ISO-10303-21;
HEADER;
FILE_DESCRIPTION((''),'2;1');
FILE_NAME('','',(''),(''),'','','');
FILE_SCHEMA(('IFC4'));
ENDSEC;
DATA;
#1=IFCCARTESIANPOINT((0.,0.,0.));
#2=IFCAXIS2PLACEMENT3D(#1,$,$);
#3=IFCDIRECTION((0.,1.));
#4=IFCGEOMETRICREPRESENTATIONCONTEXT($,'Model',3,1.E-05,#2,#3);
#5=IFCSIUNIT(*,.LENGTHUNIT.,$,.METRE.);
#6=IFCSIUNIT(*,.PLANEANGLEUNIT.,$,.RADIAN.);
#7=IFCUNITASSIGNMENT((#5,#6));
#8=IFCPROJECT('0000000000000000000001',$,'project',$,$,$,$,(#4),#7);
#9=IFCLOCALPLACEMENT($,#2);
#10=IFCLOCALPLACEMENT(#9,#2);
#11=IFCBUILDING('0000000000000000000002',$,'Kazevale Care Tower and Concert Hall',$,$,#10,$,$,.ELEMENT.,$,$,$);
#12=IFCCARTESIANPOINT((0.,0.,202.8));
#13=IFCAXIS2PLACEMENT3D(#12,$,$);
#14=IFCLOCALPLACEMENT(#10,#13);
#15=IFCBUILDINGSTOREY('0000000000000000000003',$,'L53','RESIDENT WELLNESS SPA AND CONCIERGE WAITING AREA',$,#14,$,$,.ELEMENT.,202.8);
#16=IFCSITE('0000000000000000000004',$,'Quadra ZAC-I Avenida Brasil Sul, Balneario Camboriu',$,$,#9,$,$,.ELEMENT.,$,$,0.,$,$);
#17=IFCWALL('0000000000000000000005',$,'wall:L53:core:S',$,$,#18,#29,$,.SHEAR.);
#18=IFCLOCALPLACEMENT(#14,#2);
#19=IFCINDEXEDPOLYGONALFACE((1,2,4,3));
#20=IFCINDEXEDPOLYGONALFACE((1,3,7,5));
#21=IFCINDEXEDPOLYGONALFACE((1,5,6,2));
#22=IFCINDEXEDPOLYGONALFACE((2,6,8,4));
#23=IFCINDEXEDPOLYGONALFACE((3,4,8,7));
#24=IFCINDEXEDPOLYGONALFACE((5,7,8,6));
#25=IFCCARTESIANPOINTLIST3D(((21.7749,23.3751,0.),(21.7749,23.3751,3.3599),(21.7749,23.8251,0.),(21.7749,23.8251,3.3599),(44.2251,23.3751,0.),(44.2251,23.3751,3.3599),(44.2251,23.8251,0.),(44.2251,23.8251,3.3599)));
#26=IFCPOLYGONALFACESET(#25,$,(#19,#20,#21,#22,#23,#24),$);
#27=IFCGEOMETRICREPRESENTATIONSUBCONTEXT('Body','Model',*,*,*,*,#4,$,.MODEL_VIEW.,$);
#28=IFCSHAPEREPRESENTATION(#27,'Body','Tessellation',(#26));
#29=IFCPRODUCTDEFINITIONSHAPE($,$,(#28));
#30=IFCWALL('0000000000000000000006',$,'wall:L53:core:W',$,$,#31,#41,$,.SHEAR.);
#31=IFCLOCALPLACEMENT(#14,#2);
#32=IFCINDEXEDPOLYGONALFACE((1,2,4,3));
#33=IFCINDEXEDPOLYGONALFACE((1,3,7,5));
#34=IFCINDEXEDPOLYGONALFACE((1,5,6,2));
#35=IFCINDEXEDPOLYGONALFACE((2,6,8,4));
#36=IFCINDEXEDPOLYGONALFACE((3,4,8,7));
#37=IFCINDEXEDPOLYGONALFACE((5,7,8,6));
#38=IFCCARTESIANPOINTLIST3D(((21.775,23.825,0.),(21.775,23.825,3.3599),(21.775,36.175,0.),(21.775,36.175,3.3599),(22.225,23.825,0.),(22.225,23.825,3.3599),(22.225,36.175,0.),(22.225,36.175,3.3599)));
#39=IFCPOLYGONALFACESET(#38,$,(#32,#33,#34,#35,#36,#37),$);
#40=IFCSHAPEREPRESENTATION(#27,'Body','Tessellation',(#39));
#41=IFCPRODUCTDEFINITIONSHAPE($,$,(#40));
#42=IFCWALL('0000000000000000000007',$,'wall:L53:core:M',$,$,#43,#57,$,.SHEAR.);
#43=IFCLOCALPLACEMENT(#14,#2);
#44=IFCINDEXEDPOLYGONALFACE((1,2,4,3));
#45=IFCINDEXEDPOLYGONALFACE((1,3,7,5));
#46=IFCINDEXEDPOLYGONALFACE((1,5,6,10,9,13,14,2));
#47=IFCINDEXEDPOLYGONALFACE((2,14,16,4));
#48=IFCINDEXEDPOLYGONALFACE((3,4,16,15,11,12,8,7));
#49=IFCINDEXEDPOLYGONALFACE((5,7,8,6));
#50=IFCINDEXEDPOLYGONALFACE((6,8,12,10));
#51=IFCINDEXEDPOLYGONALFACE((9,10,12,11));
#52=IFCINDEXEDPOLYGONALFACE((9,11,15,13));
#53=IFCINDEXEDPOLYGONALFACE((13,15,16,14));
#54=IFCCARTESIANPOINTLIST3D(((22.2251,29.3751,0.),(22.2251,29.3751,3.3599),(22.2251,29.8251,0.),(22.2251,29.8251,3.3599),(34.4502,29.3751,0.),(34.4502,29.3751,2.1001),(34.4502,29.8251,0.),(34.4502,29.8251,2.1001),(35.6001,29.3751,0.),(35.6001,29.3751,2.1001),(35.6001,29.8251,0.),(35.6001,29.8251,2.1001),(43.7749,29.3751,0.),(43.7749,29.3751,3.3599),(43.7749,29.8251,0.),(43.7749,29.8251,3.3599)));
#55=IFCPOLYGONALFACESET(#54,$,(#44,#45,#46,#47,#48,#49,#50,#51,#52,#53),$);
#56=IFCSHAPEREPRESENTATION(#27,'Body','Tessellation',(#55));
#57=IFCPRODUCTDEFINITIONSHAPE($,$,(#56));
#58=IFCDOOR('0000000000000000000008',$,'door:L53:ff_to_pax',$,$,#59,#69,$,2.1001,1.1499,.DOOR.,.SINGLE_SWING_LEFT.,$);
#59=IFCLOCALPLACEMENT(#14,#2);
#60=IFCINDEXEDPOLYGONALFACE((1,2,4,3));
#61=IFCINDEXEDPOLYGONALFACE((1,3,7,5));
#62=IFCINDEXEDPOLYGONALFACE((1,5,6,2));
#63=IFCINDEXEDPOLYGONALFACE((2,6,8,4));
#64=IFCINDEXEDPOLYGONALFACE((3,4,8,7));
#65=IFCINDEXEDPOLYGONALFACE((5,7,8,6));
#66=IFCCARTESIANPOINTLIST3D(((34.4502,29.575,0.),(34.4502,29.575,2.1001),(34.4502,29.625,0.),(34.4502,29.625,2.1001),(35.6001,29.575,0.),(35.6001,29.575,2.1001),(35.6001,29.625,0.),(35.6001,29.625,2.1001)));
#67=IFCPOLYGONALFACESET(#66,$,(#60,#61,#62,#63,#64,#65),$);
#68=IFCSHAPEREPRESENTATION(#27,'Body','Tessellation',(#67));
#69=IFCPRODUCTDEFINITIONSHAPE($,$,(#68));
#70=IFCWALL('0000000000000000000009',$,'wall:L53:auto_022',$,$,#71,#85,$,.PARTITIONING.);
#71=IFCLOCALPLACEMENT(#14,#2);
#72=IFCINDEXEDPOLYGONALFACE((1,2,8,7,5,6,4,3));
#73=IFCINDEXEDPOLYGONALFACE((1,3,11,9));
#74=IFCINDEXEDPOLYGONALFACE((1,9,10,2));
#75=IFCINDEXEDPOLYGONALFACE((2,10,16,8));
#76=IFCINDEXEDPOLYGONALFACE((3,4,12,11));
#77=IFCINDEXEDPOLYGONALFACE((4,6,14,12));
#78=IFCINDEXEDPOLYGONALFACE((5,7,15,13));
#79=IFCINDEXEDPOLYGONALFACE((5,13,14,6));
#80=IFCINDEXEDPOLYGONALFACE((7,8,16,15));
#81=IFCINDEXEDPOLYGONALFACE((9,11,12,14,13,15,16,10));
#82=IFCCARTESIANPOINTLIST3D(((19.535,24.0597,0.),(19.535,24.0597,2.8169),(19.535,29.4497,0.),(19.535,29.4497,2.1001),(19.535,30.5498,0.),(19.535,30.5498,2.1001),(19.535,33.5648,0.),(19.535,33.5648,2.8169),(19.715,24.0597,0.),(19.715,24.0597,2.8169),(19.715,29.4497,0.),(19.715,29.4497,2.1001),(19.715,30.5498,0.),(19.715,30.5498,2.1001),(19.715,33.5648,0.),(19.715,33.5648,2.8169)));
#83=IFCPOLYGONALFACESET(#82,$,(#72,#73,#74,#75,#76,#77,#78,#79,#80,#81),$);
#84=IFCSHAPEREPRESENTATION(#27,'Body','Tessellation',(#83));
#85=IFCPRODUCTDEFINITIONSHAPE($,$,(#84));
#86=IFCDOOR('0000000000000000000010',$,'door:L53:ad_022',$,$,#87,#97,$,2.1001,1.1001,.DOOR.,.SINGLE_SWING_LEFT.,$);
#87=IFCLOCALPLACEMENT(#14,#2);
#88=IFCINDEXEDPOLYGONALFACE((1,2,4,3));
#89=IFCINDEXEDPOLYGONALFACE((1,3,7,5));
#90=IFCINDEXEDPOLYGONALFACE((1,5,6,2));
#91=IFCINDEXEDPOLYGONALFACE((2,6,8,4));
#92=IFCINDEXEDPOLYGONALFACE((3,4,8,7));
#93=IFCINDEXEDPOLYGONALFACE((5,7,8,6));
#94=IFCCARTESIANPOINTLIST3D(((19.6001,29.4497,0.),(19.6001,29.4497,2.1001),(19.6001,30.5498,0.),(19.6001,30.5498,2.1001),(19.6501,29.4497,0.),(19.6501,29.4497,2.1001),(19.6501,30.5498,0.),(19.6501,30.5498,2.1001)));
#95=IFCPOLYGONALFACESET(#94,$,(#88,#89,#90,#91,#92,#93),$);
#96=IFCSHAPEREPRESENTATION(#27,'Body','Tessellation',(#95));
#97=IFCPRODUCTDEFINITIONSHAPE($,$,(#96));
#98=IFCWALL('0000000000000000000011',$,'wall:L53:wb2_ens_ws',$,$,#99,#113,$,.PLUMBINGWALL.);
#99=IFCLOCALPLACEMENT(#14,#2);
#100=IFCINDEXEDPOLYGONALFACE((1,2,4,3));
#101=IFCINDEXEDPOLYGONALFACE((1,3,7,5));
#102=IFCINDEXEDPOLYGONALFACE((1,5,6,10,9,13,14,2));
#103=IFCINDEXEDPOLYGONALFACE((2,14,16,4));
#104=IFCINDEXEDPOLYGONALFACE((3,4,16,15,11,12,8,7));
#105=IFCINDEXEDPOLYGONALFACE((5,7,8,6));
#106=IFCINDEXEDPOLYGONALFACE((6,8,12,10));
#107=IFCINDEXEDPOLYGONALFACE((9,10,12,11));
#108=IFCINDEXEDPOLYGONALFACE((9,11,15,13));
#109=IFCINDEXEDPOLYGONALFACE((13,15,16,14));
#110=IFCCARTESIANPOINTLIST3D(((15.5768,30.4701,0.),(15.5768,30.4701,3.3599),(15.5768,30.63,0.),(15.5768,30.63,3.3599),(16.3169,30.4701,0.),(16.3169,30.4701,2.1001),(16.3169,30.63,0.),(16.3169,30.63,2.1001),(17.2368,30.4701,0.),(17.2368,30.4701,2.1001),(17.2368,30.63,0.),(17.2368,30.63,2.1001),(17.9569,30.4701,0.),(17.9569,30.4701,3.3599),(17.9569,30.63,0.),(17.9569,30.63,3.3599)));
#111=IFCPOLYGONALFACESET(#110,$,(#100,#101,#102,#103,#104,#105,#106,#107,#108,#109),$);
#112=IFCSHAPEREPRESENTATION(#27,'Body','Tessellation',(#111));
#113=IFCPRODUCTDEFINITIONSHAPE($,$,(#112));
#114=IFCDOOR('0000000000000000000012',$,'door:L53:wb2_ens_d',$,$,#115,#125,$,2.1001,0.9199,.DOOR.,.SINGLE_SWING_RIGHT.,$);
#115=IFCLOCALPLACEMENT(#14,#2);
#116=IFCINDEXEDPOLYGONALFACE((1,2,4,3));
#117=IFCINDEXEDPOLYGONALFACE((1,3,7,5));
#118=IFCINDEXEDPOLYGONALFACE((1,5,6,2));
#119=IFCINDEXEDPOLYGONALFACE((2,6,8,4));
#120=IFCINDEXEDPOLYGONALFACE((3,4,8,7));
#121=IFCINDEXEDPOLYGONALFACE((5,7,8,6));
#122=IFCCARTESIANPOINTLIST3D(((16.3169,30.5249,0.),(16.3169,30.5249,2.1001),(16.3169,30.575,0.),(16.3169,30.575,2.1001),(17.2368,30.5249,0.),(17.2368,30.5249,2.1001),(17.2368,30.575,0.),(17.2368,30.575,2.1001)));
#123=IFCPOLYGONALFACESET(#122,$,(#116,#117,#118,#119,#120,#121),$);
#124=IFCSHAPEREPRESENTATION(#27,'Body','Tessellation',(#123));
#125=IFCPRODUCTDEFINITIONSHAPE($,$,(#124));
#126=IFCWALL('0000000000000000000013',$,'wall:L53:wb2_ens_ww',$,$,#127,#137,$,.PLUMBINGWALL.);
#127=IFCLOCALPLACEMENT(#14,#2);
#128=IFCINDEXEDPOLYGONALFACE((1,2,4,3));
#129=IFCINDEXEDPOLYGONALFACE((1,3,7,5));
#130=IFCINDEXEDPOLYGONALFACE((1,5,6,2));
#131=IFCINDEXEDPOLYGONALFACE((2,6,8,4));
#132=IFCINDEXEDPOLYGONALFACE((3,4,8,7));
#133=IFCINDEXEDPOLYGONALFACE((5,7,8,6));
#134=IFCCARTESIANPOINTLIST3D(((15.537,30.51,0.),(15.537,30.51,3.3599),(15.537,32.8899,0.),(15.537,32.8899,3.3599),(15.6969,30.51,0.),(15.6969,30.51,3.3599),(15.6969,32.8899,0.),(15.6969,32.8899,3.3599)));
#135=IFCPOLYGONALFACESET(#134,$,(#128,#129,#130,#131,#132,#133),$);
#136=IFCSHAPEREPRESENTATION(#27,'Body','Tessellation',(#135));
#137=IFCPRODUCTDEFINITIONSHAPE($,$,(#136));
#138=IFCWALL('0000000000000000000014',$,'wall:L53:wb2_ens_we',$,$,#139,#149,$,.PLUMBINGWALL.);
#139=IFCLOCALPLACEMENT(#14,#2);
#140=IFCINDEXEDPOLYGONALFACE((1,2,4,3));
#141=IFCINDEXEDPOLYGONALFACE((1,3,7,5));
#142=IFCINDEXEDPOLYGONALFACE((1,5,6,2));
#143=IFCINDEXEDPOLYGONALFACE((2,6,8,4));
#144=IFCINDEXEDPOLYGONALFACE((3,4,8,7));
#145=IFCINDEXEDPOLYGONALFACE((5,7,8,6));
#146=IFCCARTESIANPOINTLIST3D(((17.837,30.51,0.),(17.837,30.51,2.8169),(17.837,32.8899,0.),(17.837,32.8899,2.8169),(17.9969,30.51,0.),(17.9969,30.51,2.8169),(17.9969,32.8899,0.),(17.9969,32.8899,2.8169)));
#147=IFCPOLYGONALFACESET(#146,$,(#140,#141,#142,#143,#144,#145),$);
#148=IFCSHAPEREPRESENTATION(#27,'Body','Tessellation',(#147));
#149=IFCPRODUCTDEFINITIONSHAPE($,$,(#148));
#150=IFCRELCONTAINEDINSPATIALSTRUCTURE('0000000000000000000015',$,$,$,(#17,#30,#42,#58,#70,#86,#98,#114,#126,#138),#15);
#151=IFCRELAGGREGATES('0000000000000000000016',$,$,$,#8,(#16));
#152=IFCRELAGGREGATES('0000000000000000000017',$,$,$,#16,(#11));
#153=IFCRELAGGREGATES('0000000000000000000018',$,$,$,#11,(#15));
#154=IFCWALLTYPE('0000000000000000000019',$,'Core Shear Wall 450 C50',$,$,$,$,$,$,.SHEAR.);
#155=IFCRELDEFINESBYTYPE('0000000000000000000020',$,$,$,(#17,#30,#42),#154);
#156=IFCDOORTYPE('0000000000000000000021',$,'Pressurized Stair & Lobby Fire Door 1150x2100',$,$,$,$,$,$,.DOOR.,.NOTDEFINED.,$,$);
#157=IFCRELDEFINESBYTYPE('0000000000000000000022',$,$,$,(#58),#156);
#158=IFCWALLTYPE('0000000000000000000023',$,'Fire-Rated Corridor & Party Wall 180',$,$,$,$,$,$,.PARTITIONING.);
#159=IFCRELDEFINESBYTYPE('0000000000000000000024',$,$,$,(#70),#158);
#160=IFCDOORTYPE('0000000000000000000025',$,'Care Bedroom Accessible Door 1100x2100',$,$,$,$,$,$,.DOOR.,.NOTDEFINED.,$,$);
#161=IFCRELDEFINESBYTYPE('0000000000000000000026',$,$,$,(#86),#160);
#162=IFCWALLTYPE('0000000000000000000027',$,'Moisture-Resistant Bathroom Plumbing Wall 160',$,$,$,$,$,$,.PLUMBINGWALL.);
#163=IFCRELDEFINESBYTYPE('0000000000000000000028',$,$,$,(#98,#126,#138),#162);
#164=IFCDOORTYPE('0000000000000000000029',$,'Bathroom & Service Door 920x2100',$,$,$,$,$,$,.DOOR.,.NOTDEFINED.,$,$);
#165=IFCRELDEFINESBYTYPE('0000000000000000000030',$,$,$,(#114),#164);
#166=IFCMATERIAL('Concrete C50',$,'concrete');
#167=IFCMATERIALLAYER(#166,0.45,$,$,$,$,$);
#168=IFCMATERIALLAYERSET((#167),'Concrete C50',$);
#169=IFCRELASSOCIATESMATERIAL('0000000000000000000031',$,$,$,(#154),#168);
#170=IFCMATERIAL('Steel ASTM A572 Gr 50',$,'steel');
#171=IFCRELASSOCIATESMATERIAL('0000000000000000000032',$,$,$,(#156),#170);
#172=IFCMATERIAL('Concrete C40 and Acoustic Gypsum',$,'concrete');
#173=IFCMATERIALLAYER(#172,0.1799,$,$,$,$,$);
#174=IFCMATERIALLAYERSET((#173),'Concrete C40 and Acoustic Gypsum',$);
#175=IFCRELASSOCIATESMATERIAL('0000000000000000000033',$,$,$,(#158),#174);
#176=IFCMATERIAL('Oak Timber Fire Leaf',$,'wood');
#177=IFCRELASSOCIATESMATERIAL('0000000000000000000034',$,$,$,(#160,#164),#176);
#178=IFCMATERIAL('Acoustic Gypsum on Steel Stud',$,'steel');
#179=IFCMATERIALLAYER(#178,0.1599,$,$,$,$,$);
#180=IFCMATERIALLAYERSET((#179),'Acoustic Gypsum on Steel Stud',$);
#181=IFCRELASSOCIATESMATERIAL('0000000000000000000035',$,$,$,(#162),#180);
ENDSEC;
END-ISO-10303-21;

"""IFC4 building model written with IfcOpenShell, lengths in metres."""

from ifc_helpers import new_model, si_unit, direction, frame, frame_2d, origin, place, context, subcontext, project, spatial, rectangle, extrude, material, layer, layer_set, type_object, element, fill, save


model = new_model("IFC4")

# Units and contexts
model_context = context("Model", 3, precision=1e-05, world=origin(), true_north=direction((0.0, 1.0)))
body_context = subcontext(model_context, "Body", "Model", "MODEL_VIEW")
ifc_project = project(units=[si_unit("LENGTHUNIT", "METRE"), si_unit("PLANEANGLEUNIT", "RADIAN")], contexts=[model_context])

# Site, building, storey
site_placement = place(None, origin())
site = spatial("IfcSite", under=ifc_project, at=site_placement, Name="Quadra ZAC-I Avenida Brasil Sul, Balneario Camboriu", CompositionType="ELEMENT", RefElevation=0.0)
building_placement = place(site_placement, origin())
building = spatial("IfcBuilding", under=site, at=building_placement, Name="Kazevale Care Tower and Concert Hall", CompositionType="ELEMENT")
storey_placement = place(building_placement, frame((0.0, 0.0, 202.8)))
storey = spatial("IfcBuildingStorey", under=building, at=storey_placement, Name="L53", Description="RESIDENT WELLNESS SPA AND CONCIERGE WAITING AREA", CompositionType="ELEMENT", Elevation=202.8)

# Shared definitions
ifc_material_1 = material(Name="Concrete C50", Category="concrete")

# Shared definitions
ifc_material_2 = material(Name="Steel ASTM A572 Gr 50", Category="steel")

# Walls
ifc_layer_1 = layer(ifc_material_1, 0.45)
ifc_layer_set_1 = layer_set([ifc_layer_1], Name="Concrete C50")
wall_type_1 = type_object("IfcWallType", Name="Core Shear Wall 450 C50", PredefinedType="SHEAR", material=ifc_layer_set_1)
wall_1_placement = place(storey_placement, frame((21.7749, 23.6001, 0.0), z_axis=(0.0, 0.0, 1.0), x_axis=(1.0, 0.0, 0.0)))
element("IfcWall", 1, at=wall_1_placement, inside=storey, type_object=wall_type_1, Name="wall:L53:core:S", PredefinedType="SHEAR", context=body_context, shape_type="SweptSolid", body=[
    extrude(rectangle(XDim=22.4502, YDim=0.45, at=frame_2d((11.2251, 0.0))), origin(), (0.0, 0.0, 1.0), 3.3599),
])
wall_2_placement = place(storey_placement, frame((22.0, 23.825, 0.0), z_axis=(0.0, 0.0, 1.0), x_axis=(0.0, 1.0, 0.0)))
element("IfcWall", 2, at=wall_2_placement, inside=storey, type_object=wall_type_1, Name="wall:L53:core:W", PredefinedType="SHEAR", context=body_context, shape_type="SweptSolid", body=[
    extrude(rectangle(XDim=12.3501, YDim=0.45, at=frame_2d((6.175, 0.0))), origin(), (0.0, 0.0, 1.0), 3.3599),
])

# Walls, openings, doors
wall_3_placement = place(storey_placement, frame((22.2251, 29.6001, 0.0), z_axis=(0.0, 0.0, 1.0), x_axis=(1.0, 0.0, 0.0)))
wall_3 = element("IfcWall", 3, at=wall_3_placement, inside=storey, type_object=wall_type_1, Name="wall:L53:core:M", PredefinedType="SHEAR", context=body_context, shape_type="SweptSolid", body=[
    extrude(rectangle(XDim=21.5498, YDim=0.45, at=frame_2d((10.7749, 0.0))), origin(), (0.0, 0.0, 1.0), 3.3599),
])
opening_1_placement = place(wall_3_placement, frame((12.2251, 0.0, 0.0)))
opening_1 = element("IfcOpeningElement", 4, at=opening_1_placement, cuts=wall_3, PredefinedType="OPENING", context=body_context, shape_type="SweptSolid", body=[
    extrude(rectangle(XDim=1.1499, YDim=2.1001, at=frame_2d((0.575, 1.05))), frame((0.0, 0.2349, 0.0), z_axis=(0.0, -1.0, 0.0), x_axis=(1.0, 0.0, 0.0)), (0.0, 0.0, 1.0), 0.47),
])
door_type_1 = type_object("IfcDoorType", Name="Pressurized Stair & Lobby Fire Door 1150x2100", OperationType="NOTDEFINED", PredefinedType="DOOR", material=ifc_material_2)
door_1_placement = place(opening_1_placement, origin())
door_1 = element("IfcDoor", 5, at=door_1_placement, inside=storey, type_object=door_type_1, Name="door:L53:ff_to_pax", OperationType="SINGLE_SWING_LEFT", OverallHeight=2.1001, OverallWidth=1.1499, PredefinedType="DOOR", context=body_context, shape_type="SweptSolid", body=[
    extrude(rectangle(XDim=1.1499, YDim=2.1001, at=frame_2d((0.575, 1.05))), frame((0.0, 0.0249, 0.0), z_axis=(0.0, -1.0, 0.0), x_axis=(1.0, 0.0, 0.0)), (0.0, 0.0, 1.0), 0.05),
])
fill(opening_1, door_1)
ifc_material_3 = material(Name="Concrete C40 and Acoustic Gypsum", Category="concrete")
ifc_layer_2 = layer(ifc_material_3, 0.1799)
ifc_layer_set_2 = layer_set([ifc_layer_2], Name="Concrete C40 and Acoustic Gypsum")
wall_type_2 = type_object("IfcWallType", Name="Fire-Rated Corridor & Party Wall 180", PredefinedType="PARTITIONING", material=ifc_layer_set_2)
wall_4_placement = place(storey_placement, frame((19.625, 24.0598, 0.0), z_axis=(0.0, 0.0, 1.0), x_axis=(0.0, 1.0, 0.0)))
wall_4 = element("IfcWall", 6, at=wall_4_placement, inside=storey, type_object=wall_type_2, Name="wall:L53:auto_022", PredefinedType="PARTITIONING", context=body_context, shape_type="SweptSolid", body=[
    extrude(rectangle(XDim=9.5051, YDim=0.1799, at=frame_2d((4.7524, 0.0))), origin(), (0.0, 0.0, 1.0), 2.8169),
])
opening_2_placement = place(wall_4_placement, frame((5.3899, 0.0, 0.0)))
opening_2 = element("IfcOpeningElement", 7, at=opening_2_placement, cuts=wall_4, PredefinedType="OPENING", context=body_context, shape_type="SweptSolid", body=[
    extrude(rectangle(XDim=1.1001, YDim=2.1001, at=frame_2d((0.55, 1.05))), frame((0.0, 0.0999, 0.0), z_axis=(0.0, -1.0, 0.0), x_axis=(1.0, 0.0, 0.0)), (0.0, 0.0, 1.0), 0.2),
])
ifc_material_4 = material(Name="Oak Timber Fire Leaf", Category="wood")
door_type_2 = type_object("IfcDoorType", Name="Care Bedroom Accessible Door 1100x2100", OperationType="NOTDEFINED", PredefinedType="DOOR", material=ifc_material_4)
door_2_placement = place(opening_2_placement, origin())
door_2 = element("IfcDoor", 8, at=door_2_placement, inside=storey, type_object=door_type_2, Name="door:L53:ad_022", OperationType="SINGLE_SWING_LEFT", OverallHeight=2.1001, OverallWidth=1.1001, PredefinedType="DOOR", context=body_context, shape_type="SweptSolid", body=[
    extrude(rectangle(XDim=1.1001, YDim=2.1001, at=frame_2d((0.55, 1.05))), frame((0.0, 0.0249, 0.0), z_axis=(0.0, -1.0, 0.0), x_axis=(1.0, 0.0, 0.0)), (0.0, 0.0, 1.0), 0.05),
])
fill(opening_2, door_2)
ifc_material_5 = material(Name="Acoustic Gypsum on Steel Stud", Category="steel")
ifc_layer_3 = layer(ifc_material_5, 0.1599)
ifc_layer_set_3 = layer_set([ifc_layer_3], Name="Acoustic Gypsum on Steel Stud")
wall_type_3 = type_object("IfcWallType", Name="Moisture-Resistant Bathroom Plumbing Wall 160", PredefinedType="PLUMBINGWALL", material=ifc_layer_set_3)
wall_5_placement = place(storey_placement, frame((15.5769, 30.55, 0.0), z_axis=(0.0, 0.0, 1.0), x_axis=(1.0, 0.0, 0.0)))
wall_5 = element("IfcWall", 9, at=wall_5_placement, inside=storey, type_object=wall_type_3, Name="wall:L53:wb2_ens_ws", PredefinedType="PLUMBINGWALL", context=body_context, shape_type="SweptSolid", body=[
    extrude(rectangle(XDim=2.3801, YDim=0.1599, at=frame_2d((1.1899, 0.0))), origin(), (0.0, 0.0, 1.0), 3.3599),
])
opening_3_placement = place(wall_5_placement, frame((0.74, 0.0, 0.0)))
opening_3 = element("IfcOpeningElement", 10, at=opening_3_placement, cuts=wall_5, PredefinedType="OPENING", context=body_context, shape_type="SweptSolid", body=[
    extrude(rectangle(XDim=0.9199, YDim=2.1001, at=frame_2d((0.46, 1.05))), frame((0.0, 0.0898, 0.0), z_axis=(0.0, -1.0, 0.0), x_axis=(1.0, 0.0, 0.0)), (0.0, 0.0, 1.0), 0.1799),
])
door_type_3 = type_object("IfcDoorType", Name="Bathroom & Service Door 920x2100", OperationType="NOTDEFINED", PredefinedType="DOOR", material=ifc_material_4)
door_3_placement = place(opening_3_placement, origin())
door_3 = element("IfcDoor", 11, at=door_3_placement, inside=storey, type_object=door_type_3, Name="door:L53:wb2_ens_d", OperationType="SINGLE_SWING_RIGHT", OverallHeight=2.1001, OverallWidth=0.9199, PredefinedType="DOOR", context=body_context, shape_type="SweptSolid", body=[
    extrude(rectangle(XDim=0.9199, YDim=2.1001, at=frame_2d((0.46, 1.05))), frame((0.0, 0.0249, 0.0), z_axis=(0.0, -1.0, 0.0), x_axis=(1.0, 0.0, 0.0)), (0.0, 0.0, 1.0), 0.05),
])
fill(opening_3, door_3)

# Walls
wall_6_placement = place(storey_placement, frame((15.6169, 30.51, 0.0), z_axis=(0.0, 0.0, 1.0), x_axis=(0.0, 1.0, 0.0)))
element("IfcWall", 12, at=wall_6_placement, inside=storey, type_object=wall_type_3, Name="wall:L53:wb2_ens_ww", PredefinedType="PLUMBINGWALL", context=body_context, shape_type="SweptSolid", body=[
    extrude(rectangle(XDim=2.3799, YDim=0.1599, at=frame_2d((1.1899, 0.0))), origin(), (0.0, 0.0, 1.0), 3.3599),
])
wall_7_placement = place(storey_placement, frame((17.917, 30.51, 0.0), z_axis=(0.0, 0.0, 1.0), x_axis=(0.0, 1.0, 0.0)))
element("IfcWall", 13, at=wall_7_placement, inside=storey, type_object=wall_type_3, Name="wall:L53:wb2_ens_we", PredefinedType="PLUMBINGWALL", context=body_context, shape_type="SweptSolid", body=[
    extrude(rectangle(XDim=2.3799, YDim=0.1599, at=frame_2d((1.1899, 0.0))), origin(), (0.0, 0.0, 1.0), 2.8169),
])

save(model, "model.ifc")
